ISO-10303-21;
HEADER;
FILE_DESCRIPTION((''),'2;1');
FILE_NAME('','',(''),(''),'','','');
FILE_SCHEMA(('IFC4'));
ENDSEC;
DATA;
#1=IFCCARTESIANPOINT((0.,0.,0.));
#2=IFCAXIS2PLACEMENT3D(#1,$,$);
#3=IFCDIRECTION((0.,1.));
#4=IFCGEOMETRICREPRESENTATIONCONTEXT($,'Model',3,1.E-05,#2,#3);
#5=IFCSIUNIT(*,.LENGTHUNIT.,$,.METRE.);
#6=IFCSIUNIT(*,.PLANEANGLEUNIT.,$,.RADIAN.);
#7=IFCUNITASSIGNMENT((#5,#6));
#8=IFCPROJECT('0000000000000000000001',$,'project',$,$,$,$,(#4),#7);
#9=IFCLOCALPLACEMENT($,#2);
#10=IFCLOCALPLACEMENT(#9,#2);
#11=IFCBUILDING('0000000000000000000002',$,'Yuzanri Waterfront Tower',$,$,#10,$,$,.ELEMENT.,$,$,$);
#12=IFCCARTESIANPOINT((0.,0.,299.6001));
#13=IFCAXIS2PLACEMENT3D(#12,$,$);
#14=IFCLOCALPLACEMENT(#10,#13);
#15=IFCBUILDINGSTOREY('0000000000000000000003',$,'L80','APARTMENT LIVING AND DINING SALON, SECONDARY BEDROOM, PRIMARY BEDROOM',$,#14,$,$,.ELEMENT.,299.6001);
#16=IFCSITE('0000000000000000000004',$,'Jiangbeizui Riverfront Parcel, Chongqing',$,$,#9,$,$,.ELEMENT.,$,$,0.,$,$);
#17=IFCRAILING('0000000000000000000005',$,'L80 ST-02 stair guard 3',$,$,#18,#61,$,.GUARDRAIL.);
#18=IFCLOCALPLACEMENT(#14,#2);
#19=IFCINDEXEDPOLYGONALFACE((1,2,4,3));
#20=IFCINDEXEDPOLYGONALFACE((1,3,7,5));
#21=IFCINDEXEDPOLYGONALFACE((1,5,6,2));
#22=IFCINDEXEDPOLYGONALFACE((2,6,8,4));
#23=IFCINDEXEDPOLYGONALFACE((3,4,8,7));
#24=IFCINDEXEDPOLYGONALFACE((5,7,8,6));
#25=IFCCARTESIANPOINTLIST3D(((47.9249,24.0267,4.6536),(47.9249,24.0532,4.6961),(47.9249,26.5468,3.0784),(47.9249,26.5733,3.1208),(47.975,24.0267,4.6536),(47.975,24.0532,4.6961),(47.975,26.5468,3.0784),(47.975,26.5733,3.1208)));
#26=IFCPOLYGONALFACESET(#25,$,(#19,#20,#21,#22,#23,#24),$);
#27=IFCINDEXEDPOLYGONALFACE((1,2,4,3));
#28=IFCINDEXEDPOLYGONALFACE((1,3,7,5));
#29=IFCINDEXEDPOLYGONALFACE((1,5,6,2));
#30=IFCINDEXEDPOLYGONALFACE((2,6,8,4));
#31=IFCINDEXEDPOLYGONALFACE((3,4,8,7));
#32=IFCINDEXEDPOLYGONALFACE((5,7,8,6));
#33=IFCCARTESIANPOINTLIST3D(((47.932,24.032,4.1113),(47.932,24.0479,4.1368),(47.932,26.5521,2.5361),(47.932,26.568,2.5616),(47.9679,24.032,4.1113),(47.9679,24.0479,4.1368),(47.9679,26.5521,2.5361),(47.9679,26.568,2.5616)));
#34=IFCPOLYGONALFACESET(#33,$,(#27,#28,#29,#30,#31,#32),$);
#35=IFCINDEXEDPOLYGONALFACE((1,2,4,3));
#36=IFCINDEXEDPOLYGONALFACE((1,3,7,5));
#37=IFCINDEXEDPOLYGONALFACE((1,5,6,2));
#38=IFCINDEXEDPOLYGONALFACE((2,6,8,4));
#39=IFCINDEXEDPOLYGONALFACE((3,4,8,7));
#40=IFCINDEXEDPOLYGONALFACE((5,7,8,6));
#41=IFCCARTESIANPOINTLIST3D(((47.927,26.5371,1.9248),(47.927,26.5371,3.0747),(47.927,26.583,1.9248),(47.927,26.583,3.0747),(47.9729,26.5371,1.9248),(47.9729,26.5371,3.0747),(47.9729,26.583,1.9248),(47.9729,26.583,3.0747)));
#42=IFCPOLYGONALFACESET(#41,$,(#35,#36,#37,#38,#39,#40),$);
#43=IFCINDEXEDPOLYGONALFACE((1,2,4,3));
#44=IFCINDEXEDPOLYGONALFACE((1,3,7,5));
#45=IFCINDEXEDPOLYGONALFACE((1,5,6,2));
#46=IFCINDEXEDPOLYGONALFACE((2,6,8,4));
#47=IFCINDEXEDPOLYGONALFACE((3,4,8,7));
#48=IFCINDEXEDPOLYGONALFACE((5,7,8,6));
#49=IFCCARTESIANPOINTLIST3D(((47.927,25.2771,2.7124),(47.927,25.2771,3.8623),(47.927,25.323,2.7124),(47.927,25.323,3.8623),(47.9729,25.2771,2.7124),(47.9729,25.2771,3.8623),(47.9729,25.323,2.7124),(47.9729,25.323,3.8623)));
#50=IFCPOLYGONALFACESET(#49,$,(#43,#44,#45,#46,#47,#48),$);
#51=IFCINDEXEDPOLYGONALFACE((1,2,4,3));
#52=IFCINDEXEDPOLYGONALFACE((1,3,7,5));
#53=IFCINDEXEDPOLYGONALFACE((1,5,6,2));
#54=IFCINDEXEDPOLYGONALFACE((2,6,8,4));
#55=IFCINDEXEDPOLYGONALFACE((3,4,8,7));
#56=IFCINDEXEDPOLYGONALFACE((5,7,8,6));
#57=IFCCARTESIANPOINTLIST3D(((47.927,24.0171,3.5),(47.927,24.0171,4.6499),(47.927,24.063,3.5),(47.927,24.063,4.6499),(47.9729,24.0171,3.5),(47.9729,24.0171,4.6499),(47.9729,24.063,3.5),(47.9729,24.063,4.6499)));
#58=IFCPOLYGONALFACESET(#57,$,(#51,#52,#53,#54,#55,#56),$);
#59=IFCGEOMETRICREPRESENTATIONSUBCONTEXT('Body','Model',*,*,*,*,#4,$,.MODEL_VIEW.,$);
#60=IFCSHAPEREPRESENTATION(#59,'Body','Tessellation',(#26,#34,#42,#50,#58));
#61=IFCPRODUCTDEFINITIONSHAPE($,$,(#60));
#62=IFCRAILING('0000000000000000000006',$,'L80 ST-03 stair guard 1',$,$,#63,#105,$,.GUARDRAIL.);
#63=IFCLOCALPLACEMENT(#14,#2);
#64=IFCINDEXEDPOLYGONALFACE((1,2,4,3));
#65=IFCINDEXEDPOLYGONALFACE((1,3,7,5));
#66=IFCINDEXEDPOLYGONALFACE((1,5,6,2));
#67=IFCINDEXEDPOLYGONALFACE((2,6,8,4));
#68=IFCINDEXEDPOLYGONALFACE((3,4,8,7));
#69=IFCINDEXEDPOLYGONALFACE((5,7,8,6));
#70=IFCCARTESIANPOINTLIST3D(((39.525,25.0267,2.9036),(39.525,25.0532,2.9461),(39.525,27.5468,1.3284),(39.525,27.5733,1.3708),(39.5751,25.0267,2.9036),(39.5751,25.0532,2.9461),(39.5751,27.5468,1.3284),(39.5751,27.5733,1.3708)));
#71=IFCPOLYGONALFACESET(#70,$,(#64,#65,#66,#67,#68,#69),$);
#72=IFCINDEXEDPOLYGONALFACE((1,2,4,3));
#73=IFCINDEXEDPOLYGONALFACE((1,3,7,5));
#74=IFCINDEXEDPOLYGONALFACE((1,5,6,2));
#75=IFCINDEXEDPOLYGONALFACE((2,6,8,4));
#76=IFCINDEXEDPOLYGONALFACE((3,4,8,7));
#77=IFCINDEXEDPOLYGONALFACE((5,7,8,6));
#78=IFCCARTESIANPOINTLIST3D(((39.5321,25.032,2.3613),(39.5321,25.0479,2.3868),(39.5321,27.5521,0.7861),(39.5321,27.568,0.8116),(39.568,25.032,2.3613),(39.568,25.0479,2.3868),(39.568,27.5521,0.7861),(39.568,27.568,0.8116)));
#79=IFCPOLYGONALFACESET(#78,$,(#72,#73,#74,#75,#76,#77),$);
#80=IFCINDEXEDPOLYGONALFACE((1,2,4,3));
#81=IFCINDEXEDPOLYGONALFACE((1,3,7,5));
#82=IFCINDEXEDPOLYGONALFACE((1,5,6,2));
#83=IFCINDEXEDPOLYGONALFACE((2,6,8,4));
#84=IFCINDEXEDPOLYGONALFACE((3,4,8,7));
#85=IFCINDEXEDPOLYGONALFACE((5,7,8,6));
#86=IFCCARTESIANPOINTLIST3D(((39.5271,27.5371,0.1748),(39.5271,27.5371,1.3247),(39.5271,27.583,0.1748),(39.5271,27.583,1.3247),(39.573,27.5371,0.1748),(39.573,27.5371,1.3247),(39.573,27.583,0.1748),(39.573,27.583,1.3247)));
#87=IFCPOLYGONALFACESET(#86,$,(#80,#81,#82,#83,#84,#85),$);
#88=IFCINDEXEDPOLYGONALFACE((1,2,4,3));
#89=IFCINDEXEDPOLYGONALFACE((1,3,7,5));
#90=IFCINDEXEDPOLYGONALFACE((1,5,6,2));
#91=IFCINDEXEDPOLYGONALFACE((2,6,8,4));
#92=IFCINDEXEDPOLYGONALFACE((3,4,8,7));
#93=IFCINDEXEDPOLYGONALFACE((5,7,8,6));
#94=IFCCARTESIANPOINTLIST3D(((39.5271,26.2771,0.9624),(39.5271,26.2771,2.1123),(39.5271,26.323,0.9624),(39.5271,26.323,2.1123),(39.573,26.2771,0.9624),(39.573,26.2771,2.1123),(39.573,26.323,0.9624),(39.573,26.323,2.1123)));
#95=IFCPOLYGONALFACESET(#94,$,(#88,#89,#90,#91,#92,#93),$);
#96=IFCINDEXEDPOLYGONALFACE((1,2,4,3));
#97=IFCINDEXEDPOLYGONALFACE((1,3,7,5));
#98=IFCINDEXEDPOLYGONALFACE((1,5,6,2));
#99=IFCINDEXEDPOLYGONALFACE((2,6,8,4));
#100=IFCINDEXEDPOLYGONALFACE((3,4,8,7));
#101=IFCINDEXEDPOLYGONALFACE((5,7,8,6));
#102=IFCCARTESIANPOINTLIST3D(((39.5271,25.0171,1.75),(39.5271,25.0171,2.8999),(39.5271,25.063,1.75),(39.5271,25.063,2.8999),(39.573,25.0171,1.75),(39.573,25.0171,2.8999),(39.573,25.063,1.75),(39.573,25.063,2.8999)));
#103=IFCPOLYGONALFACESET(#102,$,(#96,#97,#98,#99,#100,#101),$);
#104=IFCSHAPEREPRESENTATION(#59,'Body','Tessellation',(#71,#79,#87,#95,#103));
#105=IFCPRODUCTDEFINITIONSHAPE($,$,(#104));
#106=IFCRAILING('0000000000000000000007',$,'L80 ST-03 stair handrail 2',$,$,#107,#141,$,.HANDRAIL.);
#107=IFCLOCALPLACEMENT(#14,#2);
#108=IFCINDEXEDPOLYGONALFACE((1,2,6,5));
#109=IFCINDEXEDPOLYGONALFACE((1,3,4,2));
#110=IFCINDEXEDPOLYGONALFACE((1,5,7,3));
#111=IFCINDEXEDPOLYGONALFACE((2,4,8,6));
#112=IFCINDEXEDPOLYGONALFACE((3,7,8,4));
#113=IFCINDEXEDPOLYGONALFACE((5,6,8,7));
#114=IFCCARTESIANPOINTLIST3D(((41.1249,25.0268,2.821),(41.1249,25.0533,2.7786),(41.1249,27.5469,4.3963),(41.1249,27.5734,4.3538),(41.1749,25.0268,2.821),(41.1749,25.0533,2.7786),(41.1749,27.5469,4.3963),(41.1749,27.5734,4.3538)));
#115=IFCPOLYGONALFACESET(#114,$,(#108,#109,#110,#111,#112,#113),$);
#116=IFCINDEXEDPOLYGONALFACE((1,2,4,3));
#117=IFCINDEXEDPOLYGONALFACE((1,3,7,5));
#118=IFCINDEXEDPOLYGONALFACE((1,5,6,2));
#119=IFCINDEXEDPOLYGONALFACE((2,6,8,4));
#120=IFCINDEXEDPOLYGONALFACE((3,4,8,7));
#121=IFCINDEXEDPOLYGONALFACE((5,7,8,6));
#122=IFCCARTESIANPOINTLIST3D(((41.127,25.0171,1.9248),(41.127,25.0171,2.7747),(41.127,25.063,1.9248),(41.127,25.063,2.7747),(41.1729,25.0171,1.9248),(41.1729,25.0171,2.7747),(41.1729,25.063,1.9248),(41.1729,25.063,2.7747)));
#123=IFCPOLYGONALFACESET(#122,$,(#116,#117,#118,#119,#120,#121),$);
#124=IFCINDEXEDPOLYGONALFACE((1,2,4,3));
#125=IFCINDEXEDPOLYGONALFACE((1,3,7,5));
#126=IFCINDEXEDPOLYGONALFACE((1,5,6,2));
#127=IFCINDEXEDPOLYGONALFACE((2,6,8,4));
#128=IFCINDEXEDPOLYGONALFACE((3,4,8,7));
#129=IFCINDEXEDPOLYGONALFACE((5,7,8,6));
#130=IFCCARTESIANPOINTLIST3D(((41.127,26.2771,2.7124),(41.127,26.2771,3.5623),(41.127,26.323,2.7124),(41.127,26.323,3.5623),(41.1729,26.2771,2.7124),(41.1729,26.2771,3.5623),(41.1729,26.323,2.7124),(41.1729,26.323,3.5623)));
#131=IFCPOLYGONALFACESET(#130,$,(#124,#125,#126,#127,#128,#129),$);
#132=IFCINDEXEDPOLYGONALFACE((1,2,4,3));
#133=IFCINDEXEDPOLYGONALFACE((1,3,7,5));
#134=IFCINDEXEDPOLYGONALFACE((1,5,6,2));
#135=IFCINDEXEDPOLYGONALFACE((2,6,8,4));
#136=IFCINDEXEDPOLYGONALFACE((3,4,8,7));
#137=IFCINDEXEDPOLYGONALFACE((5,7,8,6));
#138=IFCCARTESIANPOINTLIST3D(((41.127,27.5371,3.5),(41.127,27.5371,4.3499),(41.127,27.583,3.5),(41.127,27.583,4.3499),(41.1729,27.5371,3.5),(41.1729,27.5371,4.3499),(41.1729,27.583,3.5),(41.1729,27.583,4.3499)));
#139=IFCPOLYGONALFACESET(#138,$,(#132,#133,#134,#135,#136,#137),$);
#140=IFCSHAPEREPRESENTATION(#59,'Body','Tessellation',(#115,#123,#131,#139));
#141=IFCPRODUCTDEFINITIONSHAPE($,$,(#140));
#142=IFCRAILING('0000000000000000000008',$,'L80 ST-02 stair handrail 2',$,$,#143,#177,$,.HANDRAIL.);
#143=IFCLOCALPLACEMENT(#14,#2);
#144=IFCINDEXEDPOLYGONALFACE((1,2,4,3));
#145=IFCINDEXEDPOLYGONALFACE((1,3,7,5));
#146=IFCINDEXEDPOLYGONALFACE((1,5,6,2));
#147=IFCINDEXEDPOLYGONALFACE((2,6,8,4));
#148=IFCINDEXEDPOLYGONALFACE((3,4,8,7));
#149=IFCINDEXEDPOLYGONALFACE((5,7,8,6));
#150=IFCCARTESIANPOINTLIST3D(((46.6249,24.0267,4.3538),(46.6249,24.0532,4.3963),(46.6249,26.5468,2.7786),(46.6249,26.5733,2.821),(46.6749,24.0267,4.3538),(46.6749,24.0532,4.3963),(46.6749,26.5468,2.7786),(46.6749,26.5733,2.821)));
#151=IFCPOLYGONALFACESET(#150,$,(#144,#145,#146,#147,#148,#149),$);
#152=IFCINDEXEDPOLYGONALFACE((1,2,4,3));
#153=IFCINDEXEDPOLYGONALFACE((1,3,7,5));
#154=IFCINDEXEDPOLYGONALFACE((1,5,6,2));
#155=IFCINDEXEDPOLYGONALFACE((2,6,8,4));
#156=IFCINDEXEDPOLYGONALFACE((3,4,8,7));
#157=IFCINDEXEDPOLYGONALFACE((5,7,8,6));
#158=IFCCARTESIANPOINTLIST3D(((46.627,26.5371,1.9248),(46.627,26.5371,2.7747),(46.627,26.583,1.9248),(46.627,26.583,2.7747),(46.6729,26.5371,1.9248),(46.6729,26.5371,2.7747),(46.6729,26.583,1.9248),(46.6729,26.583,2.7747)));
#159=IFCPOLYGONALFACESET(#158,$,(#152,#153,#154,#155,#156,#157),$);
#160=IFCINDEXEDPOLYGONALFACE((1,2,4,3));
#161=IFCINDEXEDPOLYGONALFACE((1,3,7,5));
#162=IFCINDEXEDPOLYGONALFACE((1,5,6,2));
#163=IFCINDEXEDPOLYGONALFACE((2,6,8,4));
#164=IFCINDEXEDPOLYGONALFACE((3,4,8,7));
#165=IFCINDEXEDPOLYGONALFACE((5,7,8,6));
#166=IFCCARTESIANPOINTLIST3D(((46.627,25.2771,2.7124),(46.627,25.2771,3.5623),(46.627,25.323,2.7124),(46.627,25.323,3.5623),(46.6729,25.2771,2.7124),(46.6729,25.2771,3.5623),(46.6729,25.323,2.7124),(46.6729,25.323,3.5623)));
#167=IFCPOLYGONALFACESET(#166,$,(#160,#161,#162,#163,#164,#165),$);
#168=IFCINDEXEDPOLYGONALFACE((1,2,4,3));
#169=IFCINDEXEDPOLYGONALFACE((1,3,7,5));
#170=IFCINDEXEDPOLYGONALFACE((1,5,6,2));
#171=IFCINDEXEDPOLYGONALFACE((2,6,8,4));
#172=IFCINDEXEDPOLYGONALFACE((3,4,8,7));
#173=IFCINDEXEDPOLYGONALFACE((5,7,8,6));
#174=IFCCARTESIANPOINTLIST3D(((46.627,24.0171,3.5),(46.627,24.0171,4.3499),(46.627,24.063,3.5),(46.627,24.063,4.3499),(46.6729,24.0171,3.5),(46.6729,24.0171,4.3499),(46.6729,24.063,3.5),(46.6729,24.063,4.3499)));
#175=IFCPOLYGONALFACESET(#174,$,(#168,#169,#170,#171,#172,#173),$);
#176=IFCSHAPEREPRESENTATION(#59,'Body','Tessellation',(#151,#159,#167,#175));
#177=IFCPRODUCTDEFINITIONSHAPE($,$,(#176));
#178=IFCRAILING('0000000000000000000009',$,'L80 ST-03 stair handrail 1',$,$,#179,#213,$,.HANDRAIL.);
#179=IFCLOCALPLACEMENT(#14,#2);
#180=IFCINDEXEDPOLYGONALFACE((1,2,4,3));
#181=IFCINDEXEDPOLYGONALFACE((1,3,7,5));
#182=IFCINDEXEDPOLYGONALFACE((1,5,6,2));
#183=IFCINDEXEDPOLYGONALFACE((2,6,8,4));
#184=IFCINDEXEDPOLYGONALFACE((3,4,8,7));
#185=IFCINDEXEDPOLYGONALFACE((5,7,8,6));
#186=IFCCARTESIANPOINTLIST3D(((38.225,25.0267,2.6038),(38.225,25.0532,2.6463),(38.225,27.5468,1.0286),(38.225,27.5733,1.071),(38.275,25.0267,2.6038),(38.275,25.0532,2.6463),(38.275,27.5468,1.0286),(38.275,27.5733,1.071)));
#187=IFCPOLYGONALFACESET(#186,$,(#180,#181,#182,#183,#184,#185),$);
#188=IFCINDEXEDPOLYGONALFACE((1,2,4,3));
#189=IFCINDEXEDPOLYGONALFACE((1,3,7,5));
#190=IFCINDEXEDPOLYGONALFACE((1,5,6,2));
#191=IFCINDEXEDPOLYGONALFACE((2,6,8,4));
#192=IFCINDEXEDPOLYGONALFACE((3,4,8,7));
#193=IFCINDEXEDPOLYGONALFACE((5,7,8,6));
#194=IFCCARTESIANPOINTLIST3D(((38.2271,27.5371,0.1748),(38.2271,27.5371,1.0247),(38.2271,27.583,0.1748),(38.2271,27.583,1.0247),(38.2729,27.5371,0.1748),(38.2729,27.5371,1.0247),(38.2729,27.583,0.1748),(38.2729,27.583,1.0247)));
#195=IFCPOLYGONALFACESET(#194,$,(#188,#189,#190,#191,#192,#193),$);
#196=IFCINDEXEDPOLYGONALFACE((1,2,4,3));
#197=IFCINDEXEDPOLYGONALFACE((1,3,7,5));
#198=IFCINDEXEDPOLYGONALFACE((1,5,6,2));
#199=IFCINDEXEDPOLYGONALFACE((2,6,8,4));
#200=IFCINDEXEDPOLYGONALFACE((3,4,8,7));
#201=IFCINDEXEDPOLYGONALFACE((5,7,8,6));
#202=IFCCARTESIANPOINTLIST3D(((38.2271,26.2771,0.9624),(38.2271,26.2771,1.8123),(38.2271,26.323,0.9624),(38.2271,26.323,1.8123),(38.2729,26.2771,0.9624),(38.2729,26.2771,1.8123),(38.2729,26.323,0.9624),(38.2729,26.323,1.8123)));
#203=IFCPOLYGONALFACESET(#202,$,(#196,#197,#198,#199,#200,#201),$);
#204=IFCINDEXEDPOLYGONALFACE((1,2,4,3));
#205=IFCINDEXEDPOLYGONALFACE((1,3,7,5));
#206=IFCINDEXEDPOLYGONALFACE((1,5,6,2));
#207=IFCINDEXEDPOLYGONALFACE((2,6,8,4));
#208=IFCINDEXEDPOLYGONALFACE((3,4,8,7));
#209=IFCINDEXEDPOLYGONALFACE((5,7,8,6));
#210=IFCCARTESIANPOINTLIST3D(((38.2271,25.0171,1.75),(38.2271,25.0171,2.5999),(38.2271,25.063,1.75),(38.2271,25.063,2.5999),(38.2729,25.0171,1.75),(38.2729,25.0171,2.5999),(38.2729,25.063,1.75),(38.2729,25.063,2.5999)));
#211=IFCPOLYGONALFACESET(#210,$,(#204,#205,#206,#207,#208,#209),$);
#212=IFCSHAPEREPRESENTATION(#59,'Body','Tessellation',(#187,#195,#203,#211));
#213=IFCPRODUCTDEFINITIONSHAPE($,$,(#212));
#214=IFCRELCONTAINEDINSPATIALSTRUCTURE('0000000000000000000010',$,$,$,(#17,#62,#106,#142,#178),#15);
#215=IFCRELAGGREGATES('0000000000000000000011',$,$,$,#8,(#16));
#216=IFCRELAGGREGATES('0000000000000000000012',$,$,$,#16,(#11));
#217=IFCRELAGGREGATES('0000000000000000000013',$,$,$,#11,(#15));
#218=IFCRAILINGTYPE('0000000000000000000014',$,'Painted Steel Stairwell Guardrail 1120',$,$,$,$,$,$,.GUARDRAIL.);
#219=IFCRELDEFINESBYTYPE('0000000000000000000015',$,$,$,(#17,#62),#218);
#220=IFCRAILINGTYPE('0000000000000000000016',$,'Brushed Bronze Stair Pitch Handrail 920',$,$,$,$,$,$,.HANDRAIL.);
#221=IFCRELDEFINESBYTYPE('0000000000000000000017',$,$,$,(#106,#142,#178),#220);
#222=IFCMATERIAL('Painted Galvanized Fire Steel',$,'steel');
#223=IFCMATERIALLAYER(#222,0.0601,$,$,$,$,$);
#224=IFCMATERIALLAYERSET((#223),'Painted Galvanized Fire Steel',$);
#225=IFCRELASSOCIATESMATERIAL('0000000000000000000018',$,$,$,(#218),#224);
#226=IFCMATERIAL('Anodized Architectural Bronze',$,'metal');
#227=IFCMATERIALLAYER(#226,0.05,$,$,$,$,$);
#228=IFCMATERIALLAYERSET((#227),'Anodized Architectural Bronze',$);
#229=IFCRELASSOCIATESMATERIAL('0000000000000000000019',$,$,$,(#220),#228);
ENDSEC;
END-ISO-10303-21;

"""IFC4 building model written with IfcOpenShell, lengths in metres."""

from ifc_helpers import new_model, si_unit, direction, frame, origin, origin_2d, place, context, subcontext, project, spatial, rectangle, extrude, source, transform, mapped, material, layer, layer_set, type_object, element, save


model = new_model("IFC4")

# Units and contexts
model_context = context("Model", 3, precision=1e-05, world=origin(), true_north=direction((0.0, 1.0)))
body_context = subcontext(model_context, "Body", "Model", "MODEL_VIEW")
ifc_project = project(units=[si_unit("LENGTHUNIT", "METRE"), si_unit("PLANEANGLEUNIT", "RADIAN")], contexts=[model_context])

# Site, building, storey
site_placement = place(None, origin())
site = spatial("IfcSite", under=ifc_project, at=site_placement, Name="Jiangbeizui Riverfront Parcel, Chongqing", CompositionType="ELEMENT", RefElevation=0.0)
building_placement = place(site_placement, origin())
building = spatial("IfcBuilding", under=site, at=building_placement, Name="Yuzanri Waterfront Tower", CompositionType="ELEMENT")
storey_placement = place(building_placement, frame((0.0, 0.0, 299.6001)))
storey = spatial("IfcBuildingStorey", under=building, at=storey_placement, Name="L80", Description="APARTMENT LIVING AND DINING SALON, SECONDARY BEDROOM, PRIMARY BEDROOM", CompositionType="ELEMENT", Elevation=299.6001)

# Railings
ifc_material_1 = material(Name="Painted Galvanized Fire Steel", Category="steel")
ifc_layer_1 = layer(ifc_material_1, 0.0601)
ifc_layer_set_1 = layer_set([ifc_layer_1], Name="Painted Galvanized Fire Steel")
railing_type_1 = type_object("IfcRailingType", Name="Painted Steel Stairwell Guardrail 1120", PredefinedType="GUARDRAIL", material=ifc_layer_set_1)
shared_shape_1 = source(origin(), body_context, "Body", "SweptSolid", [
    extrude(rectangle(XDim=0.05, YDim=0.05, at=origin_2d()), frame((0.0, 0.0, 1.1748), z_axis=(0.0, -0.847971, 0.530043), x_axis=(1.0, 0.0, 0.0)), (0.0, 0.0, 1.0), 2.9719),
    extrude(rectangle(XDim=0.0359, YDim=0.03, at=origin_2d()), frame((0.0, 0.0, 0.624), z_axis=(0.0, -0.847971, 0.530043), x_axis=(1.0, 0.0, 0.0)), (0.0, 0.0, 1.0), 2.9719),
    extrude(rectangle(XDim=0.0459, YDim=0.0459, at=origin_2d()), origin(), (0.0, 0.0, 1.0), 1.1499),
    extrude(rectangle(XDim=0.0459, YDim=0.0459, at=origin_2d()), frame((0.0, -1.26, 0.7876)), (0.0, 0.0, 1.0), 1.1499),
    extrude(rectangle(XDim=0.0459, YDim=0.0459, at=origin_2d()), frame((0.0, -2.52, 1.5752)), (0.0, 0.0, 1.0), 1.1499),
])
for number, where, name in (
    (1, (47.95, 26.5601, 1.9248), "L80 ST-02 stair guard 3"),
    (2, (39.55, 27.5601, 0.1748), "L80 ST-03 stair guard 1"),
):
    element("IfcRailing", number, at=place(storey_placement, frame(where)), inside=storey, type_object=railing_type_1, Name=name, PredefinedType="GUARDRAIL", context=body_context, shape_type="MappedRepresentation", body=[
        mapped(shared_shape_1, transform((0.0, 0.0, 0.0), scale=1.0)),
    ])
ifc_material_2 = material(Name="Anodized Architectural Bronze", Category="metal")
ifc_layer_2 = layer(ifc_material_2, 0.05)
ifc_layer_set_2 = layer_set([ifc_layer_2], Name="Anodized Architectural Bronze")
railing_type_2 = type_object("IfcRailingType", Name="Brushed Bronze Stair Pitch Handrail 920", PredefinedType="HANDRAIL", material=ifc_layer_set_2)
shared_shape_2 = source(origin(), body_context, "Body", "SweptSolid", [
    extrude(rectangle(XDim=0.05, YDim=0.05, at=origin_2d()), frame((0.0, 0.0, 0.875), z_axis=(0.0, 0.847971, 0.530043), x_axis=(-1.0, 0.0, 0.0)), (0.0, 0.0, 1.0), 2.9719),
    extrude(rectangle(XDim=0.0459, YDim=0.0459, at=origin_2d()), origin(), (0.0, 0.0, 1.0), 0.8499),
    extrude(rectangle(XDim=0.0459, YDim=0.0459, at=origin_2d()), frame((0.0, 1.26, 0.7876)), (0.0, 0.0, 1.0), 0.8499),
    extrude(rectangle(XDim=0.0459, YDim=0.0459, at=origin_2d()), frame((0.0, 2.52, 1.5752)), (0.0, 0.0, 1.0), 0.8499),
])
railing_1_placement = place(storey_placement, frame((41.1499, 25.04, 1.9248)))
element("IfcRailing", 3, at=railing_1_placement, inside=storey, type_object=railing_type_2, Name="L80 ST-03 stair handrail 2", PredefinedType="HANDRAIL", context=body_context, shape_type="MappedRepresentation", body=[
    mapped(shared_shape_2, transform((0.0, 0.0, 0.0), scale=1.0)),
])
shared_shape_3 = source(origin(), body_context, "Body", "SweptSolid", [
    extrude(rectangle(XDim=0.05, YDim=0.05, at=origin_2d()), frame((0.0, 0.0, 0.875), z_axis=(0.0, -0.847971, 0.530043), x_axis=(1.0, 0.0, 0.0)), (0.0, 0.0, 1.0), 2.9719),
    extrude(rectangle(XDim=0.0459, YDim=0.0459, at=origin_2d()), origin(), (0.0, 0.0, 1.0), 0.8499),
    extrude(rectangle(XDim=0.0459, YDim=0.0459, at=origin_2d()), frame((0.0, -1.26, 0.7876)), (0.0, 0.0, 1.0), 0.8499),
    extrude(rectangle(XDim=0.0459, YDim=0.0459, at=origin_2d()), frame((0.0, -2.52, 1.5752)), (0.0, 0.0, 1.0), 0.8499),
])
for number, where, name in (
    (4, (46.6499, 26.5601, 1.9248), "L80 ST-02 stair handrail 2"),
    (5, (38.25, 27.5601, 0.1748), "L80 ST-03 stair handrail 1"),
):
    element("IfcRailing", number, at=place(storey_placement, frame(where)), inside=storey, type_object=railing_type_2, Name=name, PredefinedType="HANDRAIL", context=body_context, shape_type="MappedRepresentation", body=[
        mapped(shared_shape_3, transform((0.0, 0.0, 0.0), scale=1.0)),
    ])

save(model, "model.ifc")
